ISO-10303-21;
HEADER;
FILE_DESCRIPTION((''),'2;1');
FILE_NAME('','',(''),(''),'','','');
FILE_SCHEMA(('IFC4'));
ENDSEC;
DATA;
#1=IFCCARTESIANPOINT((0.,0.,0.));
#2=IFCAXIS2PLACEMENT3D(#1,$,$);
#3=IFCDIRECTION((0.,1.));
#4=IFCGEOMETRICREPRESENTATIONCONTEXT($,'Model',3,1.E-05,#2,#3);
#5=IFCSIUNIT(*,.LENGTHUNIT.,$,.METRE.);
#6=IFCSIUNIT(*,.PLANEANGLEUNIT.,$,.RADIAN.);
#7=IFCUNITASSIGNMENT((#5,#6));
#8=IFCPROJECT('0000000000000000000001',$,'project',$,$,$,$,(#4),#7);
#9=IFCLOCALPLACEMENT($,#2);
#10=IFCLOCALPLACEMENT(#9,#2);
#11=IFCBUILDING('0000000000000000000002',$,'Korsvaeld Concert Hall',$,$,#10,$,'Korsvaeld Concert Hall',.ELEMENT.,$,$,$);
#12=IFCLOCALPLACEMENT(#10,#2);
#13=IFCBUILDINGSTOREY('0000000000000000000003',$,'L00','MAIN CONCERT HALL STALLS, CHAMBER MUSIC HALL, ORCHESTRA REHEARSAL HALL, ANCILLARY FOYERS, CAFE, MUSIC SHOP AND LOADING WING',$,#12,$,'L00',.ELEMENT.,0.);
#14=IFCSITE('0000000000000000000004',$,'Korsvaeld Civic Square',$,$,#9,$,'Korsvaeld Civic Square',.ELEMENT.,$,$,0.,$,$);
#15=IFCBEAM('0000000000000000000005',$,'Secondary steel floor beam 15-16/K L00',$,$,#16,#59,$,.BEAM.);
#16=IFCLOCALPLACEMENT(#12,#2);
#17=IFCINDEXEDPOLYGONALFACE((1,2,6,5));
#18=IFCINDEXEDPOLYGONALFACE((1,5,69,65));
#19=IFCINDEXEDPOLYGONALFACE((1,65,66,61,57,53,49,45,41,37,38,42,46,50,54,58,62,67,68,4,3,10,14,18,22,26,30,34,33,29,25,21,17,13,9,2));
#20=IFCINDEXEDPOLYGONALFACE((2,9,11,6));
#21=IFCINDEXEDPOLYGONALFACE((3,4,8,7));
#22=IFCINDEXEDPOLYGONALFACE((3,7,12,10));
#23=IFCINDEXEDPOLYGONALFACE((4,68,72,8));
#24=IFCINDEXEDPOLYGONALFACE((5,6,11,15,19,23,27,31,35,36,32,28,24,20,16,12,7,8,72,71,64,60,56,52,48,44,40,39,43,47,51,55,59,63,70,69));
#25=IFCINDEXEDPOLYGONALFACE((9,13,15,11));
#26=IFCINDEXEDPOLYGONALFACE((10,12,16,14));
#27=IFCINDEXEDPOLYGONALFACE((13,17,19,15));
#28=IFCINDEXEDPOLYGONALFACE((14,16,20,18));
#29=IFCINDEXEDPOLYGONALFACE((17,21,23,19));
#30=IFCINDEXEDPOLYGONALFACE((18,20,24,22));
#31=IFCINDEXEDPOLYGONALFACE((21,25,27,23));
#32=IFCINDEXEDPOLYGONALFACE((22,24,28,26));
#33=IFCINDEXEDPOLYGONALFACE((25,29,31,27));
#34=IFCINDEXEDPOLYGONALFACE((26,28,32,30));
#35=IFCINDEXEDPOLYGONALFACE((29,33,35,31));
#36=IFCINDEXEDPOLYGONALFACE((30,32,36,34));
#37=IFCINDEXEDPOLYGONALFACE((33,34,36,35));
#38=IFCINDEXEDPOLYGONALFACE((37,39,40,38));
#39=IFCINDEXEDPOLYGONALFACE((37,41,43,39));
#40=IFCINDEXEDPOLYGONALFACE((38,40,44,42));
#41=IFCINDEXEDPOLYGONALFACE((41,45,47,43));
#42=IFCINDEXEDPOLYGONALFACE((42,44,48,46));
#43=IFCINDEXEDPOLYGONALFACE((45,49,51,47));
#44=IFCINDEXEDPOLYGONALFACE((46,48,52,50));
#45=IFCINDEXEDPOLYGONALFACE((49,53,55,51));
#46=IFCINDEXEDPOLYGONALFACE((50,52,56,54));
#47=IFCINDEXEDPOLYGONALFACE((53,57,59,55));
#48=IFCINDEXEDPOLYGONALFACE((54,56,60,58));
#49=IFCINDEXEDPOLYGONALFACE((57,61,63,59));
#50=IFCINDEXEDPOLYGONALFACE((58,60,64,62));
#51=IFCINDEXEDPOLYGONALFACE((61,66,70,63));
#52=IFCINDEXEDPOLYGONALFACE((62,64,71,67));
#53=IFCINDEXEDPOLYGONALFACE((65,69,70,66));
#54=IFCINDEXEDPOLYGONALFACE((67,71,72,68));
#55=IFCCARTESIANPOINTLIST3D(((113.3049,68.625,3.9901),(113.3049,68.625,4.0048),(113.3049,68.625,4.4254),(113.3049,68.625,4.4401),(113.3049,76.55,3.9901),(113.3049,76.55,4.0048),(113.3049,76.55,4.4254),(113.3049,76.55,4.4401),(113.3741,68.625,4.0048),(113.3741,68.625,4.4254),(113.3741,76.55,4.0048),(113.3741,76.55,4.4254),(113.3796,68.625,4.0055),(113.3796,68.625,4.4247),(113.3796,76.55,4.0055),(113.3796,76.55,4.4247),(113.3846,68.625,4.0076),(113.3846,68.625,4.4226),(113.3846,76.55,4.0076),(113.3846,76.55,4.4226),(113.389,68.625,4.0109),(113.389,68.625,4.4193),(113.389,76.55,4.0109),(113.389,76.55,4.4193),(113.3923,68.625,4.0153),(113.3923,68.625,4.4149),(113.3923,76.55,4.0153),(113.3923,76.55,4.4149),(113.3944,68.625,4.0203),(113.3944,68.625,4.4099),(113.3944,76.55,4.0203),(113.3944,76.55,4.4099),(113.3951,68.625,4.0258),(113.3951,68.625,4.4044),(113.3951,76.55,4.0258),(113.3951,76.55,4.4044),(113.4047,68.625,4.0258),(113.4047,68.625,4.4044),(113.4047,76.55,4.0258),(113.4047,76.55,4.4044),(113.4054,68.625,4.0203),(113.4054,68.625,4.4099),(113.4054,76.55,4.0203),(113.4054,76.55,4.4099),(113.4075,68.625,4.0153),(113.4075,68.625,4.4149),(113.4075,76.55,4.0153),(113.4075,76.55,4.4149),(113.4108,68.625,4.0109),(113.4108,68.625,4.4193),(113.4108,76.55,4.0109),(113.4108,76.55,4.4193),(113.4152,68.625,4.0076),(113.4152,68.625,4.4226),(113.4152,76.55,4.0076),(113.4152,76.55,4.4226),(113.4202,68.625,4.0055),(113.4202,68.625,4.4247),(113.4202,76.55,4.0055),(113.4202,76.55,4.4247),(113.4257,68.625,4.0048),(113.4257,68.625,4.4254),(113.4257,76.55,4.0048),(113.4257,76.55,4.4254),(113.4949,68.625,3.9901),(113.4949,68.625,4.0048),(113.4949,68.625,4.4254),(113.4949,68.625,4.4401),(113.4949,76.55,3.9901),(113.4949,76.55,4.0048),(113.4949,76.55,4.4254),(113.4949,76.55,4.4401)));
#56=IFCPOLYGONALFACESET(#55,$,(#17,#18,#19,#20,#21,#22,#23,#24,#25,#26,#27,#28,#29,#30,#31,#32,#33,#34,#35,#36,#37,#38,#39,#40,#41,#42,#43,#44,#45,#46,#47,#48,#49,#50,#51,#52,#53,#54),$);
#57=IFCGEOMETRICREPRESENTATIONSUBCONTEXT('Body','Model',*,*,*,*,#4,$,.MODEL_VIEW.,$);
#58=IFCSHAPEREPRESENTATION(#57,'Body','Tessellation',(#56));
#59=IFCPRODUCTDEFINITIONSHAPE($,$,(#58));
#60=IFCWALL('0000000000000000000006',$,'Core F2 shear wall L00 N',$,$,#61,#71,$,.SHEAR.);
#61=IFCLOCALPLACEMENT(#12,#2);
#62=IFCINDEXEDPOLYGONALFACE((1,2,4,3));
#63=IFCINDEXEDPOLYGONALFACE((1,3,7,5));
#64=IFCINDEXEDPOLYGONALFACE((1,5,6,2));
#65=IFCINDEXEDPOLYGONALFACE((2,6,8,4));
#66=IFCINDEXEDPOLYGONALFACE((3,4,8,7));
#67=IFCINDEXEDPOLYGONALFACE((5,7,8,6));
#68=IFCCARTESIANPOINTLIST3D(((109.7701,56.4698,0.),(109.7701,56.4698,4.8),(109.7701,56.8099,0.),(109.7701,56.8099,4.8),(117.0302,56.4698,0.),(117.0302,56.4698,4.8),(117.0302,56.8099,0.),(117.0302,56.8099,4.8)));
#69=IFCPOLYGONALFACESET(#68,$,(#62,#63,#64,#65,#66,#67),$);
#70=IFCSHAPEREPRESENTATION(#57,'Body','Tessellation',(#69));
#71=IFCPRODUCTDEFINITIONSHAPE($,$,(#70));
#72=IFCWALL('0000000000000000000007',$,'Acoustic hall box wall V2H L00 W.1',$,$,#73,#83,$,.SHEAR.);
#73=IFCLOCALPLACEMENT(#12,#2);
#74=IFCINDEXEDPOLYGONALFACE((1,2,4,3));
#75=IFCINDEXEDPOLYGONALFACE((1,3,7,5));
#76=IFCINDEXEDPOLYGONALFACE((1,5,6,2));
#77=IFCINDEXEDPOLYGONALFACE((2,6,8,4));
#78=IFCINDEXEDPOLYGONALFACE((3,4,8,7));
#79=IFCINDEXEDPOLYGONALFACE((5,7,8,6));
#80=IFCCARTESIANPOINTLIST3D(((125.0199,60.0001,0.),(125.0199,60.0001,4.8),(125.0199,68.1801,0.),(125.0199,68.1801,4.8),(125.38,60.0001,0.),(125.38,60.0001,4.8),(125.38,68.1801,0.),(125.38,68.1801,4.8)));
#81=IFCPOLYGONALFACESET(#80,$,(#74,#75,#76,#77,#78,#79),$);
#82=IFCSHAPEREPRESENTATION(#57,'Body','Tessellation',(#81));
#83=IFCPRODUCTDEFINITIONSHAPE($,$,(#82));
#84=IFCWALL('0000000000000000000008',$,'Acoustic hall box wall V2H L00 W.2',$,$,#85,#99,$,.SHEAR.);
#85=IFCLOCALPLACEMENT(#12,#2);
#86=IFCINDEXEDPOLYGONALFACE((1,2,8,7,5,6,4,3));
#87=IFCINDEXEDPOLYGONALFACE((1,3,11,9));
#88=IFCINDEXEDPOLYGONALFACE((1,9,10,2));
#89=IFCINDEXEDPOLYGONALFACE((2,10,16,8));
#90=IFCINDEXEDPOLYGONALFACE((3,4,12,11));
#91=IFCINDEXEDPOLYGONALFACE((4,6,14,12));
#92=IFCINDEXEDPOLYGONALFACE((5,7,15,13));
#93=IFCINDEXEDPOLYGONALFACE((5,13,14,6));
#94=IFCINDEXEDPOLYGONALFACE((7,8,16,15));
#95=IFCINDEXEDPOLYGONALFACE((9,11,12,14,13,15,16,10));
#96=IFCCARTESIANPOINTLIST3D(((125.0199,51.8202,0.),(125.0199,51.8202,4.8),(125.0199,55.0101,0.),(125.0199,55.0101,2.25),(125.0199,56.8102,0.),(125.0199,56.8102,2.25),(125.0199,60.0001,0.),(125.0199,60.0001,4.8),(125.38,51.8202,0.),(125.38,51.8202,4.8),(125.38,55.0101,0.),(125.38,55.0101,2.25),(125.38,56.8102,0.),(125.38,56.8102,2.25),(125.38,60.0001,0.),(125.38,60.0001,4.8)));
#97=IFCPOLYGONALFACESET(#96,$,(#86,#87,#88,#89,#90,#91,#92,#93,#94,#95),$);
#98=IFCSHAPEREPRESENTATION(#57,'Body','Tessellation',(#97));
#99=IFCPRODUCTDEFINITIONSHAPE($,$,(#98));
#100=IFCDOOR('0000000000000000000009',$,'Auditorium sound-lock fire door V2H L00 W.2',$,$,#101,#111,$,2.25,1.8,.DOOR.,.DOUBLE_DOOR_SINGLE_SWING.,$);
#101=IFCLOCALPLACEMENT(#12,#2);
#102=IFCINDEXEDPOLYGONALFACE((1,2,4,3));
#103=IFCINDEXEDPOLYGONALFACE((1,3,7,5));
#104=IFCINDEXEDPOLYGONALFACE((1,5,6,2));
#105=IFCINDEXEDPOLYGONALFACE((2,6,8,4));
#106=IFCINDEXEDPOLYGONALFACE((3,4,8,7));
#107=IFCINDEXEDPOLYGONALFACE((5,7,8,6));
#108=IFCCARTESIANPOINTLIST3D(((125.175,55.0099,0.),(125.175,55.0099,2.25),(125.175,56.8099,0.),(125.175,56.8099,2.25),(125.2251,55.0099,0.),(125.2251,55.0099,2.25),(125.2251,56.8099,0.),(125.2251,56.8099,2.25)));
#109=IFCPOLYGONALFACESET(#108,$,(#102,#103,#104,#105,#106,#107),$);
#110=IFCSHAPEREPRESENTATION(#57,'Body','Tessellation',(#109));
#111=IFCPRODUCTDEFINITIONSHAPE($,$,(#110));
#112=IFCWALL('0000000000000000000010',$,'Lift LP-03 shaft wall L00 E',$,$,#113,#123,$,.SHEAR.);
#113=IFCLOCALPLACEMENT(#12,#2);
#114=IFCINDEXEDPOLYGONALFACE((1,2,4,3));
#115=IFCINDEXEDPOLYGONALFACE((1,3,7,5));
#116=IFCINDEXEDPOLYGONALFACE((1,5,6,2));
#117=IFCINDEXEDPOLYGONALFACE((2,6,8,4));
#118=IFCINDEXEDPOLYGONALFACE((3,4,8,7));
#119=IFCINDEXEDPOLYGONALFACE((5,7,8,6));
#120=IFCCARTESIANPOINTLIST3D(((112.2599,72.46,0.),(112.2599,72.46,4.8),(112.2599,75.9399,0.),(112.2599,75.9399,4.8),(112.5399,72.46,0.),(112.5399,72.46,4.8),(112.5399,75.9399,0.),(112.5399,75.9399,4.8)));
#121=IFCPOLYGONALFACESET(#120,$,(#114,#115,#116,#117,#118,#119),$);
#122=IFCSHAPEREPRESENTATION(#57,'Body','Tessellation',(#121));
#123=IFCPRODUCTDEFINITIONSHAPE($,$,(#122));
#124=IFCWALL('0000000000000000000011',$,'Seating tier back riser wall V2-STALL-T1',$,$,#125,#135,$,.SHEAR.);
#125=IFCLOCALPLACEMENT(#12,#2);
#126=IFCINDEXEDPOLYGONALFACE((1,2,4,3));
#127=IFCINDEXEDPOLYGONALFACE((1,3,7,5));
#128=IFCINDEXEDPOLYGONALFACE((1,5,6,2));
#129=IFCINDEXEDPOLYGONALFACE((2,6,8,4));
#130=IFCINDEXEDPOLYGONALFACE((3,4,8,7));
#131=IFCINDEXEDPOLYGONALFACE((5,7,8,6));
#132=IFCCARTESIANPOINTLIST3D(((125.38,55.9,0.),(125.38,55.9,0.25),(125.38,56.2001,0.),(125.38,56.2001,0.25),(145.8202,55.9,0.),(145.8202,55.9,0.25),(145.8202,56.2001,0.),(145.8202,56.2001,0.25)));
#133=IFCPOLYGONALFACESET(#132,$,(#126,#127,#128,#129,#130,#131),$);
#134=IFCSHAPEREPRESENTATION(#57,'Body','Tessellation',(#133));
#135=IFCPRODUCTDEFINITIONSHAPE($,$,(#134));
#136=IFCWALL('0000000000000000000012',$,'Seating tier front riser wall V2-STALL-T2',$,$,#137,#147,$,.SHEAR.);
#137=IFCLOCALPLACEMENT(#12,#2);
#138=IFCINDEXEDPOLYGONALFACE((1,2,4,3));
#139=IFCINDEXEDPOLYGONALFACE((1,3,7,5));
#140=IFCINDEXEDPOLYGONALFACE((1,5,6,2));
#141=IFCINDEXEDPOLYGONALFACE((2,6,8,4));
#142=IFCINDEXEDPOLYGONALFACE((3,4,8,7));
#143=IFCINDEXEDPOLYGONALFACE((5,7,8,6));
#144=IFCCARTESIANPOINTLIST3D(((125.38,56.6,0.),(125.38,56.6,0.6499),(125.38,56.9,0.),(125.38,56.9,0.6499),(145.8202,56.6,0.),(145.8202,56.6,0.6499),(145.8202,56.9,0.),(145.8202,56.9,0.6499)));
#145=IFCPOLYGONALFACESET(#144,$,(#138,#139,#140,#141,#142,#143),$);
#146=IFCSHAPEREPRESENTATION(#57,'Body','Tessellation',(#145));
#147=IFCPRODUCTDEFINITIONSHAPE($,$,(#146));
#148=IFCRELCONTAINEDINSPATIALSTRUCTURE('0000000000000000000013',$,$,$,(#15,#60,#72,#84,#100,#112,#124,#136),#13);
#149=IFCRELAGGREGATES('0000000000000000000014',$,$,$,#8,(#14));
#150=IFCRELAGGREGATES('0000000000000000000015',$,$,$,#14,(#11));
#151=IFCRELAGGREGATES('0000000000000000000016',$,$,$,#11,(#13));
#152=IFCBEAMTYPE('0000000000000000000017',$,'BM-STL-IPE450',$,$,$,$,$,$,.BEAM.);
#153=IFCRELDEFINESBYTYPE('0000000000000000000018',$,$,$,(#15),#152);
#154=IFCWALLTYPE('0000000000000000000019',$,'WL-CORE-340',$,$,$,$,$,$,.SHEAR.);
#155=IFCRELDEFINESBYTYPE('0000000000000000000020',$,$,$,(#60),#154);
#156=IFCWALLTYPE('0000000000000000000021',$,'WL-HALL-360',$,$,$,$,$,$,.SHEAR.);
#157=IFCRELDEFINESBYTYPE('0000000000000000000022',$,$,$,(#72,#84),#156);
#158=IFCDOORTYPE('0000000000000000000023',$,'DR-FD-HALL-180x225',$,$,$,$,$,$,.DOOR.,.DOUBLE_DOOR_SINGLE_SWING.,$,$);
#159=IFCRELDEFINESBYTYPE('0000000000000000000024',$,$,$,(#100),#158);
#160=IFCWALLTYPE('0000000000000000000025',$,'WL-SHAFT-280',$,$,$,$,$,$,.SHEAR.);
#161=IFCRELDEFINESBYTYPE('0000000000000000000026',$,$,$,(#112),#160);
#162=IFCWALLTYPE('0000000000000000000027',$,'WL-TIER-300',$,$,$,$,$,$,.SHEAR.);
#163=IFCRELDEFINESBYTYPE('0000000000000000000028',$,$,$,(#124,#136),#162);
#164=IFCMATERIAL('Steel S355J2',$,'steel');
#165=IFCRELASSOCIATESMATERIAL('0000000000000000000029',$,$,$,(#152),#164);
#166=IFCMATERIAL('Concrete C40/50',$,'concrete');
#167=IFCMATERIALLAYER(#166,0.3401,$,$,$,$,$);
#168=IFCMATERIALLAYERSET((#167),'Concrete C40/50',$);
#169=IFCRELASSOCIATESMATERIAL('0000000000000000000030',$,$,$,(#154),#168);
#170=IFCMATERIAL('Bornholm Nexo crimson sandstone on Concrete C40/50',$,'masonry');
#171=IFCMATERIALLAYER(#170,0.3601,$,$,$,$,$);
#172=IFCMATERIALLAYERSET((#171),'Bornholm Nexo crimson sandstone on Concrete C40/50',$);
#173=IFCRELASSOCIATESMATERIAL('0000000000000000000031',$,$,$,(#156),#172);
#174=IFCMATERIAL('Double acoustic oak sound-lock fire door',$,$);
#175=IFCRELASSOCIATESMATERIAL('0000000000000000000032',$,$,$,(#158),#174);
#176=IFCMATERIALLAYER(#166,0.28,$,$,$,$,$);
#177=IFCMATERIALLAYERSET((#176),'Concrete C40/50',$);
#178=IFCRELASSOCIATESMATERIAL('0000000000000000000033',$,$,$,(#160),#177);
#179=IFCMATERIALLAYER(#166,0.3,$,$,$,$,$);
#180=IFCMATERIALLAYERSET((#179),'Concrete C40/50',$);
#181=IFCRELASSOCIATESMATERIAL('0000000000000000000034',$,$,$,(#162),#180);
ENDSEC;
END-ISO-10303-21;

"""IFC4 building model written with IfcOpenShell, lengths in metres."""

from ifc_helpers import new_model, si_unit, direction, frame, frame_2d, origin, origin_2d, place, context, subcontext, project, spatial, rectangle, i_section, extrude, material, layer, layer_set, material_profile, profile_set, type_object, element, fill, save


model = new_model("IFC4")

# Units and contexts
model_context = context("Model", 3, precision=1e-05, world=origin(), true_north=direction((0.0, 1.0)))
body_context = subcontext(model_context, "Body", "Model", "MODEL_VIEW")
ifc_project = project(units=[si_unit("LENGTHUNIT", "METRE"), si_unit("PLANEANGLEUNIT", "RADIAN")], contexts=[model_context])

# Site, building, storey
site_placement = place(None, origin())
site = spatial("IfcSite", under=ifc_project, at=site_placement, Name="Korsvaeld Civic Square", LongName="Korsvaeld Civic Square", CompositionType="ELEMENT", RefElevation=0.0)
building_placement = place(site_placement, origin())
building = spatial("IfcBuilding", under=site, at=building_placement, Name="Korsvaeld Concert Hall", LongName="Korsvaeld Concert Hall", CompositionType="ELEMENT")
storey_placement = place(building_placement, origin())
storey = spatial("IfcBuildingStorey", under=building, at=storey_placement, Name="L00", Description="MAIN CONCERT HALL STALLS, CHAMBER MUSIC HALL, ORCHESTRA REHEARSAL HALL, ANCILLARY FOYERS, CAFE, MUSIC SHOP AND LOADING WING", LongName="L00", CompositionType="ELEMENT", Elevation=0.0)

# Shared definitions
ifc_material_1 = material(Name="Concrete C40/50", Category="concrete")

# Beam
ifc_material_2 = material(Name="Steel S355J2", Category="steel")
ifc_material_profile_1 = material_profile(ifc_material_2, i_section(OverallWidth=0.1899, OverallDepth=0.45, WebThickness=0.0095, FlangeThickness=0.0146, FilletRadius=0.021, at=origin_2d()), Name="IPE 450")
ifc_profile_set_1 = profile_set([ifc_material_profile_1], Name="Steel S355J2")
beam_type_1 = type_object("IfcBeamType", Name="BM-STL-IPE450", PredefinedType="BEAM", material=ifc_profile_set_1)
beam_1_placement = place(storey_placement, frame((113.3999, 68.625, 4.2151), z_axis=(0.0, 1.0, 0.0), x_axis=(-1.0, 0.0, 0.0)))
element("IfcBeam", 1, at=beam_1_placement, inside=storey, type_object=beam_type_1, Name="Secondary steel floor beam 15-16/K L00", PredefinedType="BEAM", context=body_context, shape_type="SweptSolid", body=[
    extrude(i_section(OverallWidth=0.1899, OverallDepth=0.45, WebThickness=0.0095, FlangeThickness=0.0146, FilletRadius=0.021, at=origin_2d()), origin(), (0.0, 0.0, 1.0), 7.925),
])

# Wall
ifc_layer_1 = layer(ifc_material_1, 0.3401)
ifc_layer_set_1 = layer_set([ifc_layer_1], Name="Concrete C40/50")
wall_type_1 = type_object("IfcWallType", Name="WL-CORE-340", PredefinedType="SHEAR", material=ifc_layer_set_1)
wall_1_placement = place(storey_placement, frame((117.03, 56.6399, 0.0), z_axis=(0.0, 0.0, 1.0), x_axis=(-1.0, 0.0, 0.0)))
element("IfcWall", 2, at=wall_1_placement, inside=storey, type_object=wall_type_1, Name="Core F2 shear wall L00 N", PredefinedType="SHEAR", context=body_context, shape_type="SweptSolid", body=[
    extrude(rectangle(XDim=7.26, YDim=0.3401, at=frame_2d((3.6299, 0.0))), origin(), (0.0, 0.0, 1.0), 4.8),
])

# Wall
ifc_material_3 = material(Name="Bornholm Nexo crimson sandstone on Concrete C40/50", Category="masonry")
ifc_layer_2 = layer(ifc_material_3, 0.3601)
ifc_layer_set_2 = layer_set([ifc_layer_2], Name="Bornholm Nexo crimson sandstone on Concrete C40/50")
wall_type_2 = type_object("IfcWallType", Name="WL-HALL-360", PredefinedType="SHEAR", material=ifc_layer_set_2)
wall_2_placement = place(storey_placement, frame((125.2, 68.1799, 0.0), z_axis=(0.0, 0.0, 1.0), x_axis=(0.0, -1.0, 0.0)))
element("IfcWall", 3, at=wall_2_placement, inside=storey, type_object=wall_type_2, Name="Acoustic hall box wall V2H L00 W.1", PredefinedType="SHEAR", context=body_context, shape_type="SweptSolid", body=[
    extrude(rectangle(XDim=8.1799, YDim=0.3601, at=frame_2d((4.0898, 0.0))), origin(), (0.0, 0.0, 1.0), 4.8),
])

# Wall, opening, door
wall_3_placement = place(storey_placement, frame((125.2, 60.0, 0.0), z_axis=(0.0, 0.0, 1.0), x_axis=(0.0, -1.0, 0.0)))
wall_3 = element("IfcWall", 4, at=wall_3_placement, inside=storey, type_object=wall_type_2, Name="Acoustic hall box wall V2H L00 W.2", PredefinedType="SHEAR", context=body_context, shape_type="SweptSolid", body=[
    extrude(rectangle(XDim=8.1799, YDim=0.3601, at=frame_2d((4.0898, 0.0))), origin(), (0.0, 0.0, 1.0), 4.8),
])
opening_1_placement = place(wall_3_placement, frame((3.1899, 0.0, 0.0)))
opening_1 = element("IfcOpeningElement", 5, at=opening_1_placement, cuts=wall_3, PredefinedType="OPENING", context=body_context, shape_type="SweptSolid", body=[
    extrude(rectangle(XDim=1.8, YDim=2.25, at=frame_2d((0.8999, 1.125))), frame((0.0, 0.1899, 0.0), z_axis=(0.0, -1.0, 0.0), x_axis=(1.0, 0.0, 0.0)), (0.0, 0.0, 1.0), 0.3801),
])
ifc_material_4 = material(Name="Double acoustic oak sound-lock fire door")
door_type_1 = type_object("IfcDoorType", Name="DR-FD-HALL-180x225", OperationType="DOUBLE_DOOR_SINGLE_SWING", PredefinedType="DOOR", material=ifc_material_4)
door_1_placement = place(opening_1_placement, frame((1.8, 0.0, 0.0), z_axis=(0.0, 0.0, 1.0), x_axis=(-1.0, 0.0, 0.0)))
door_1 = element("IfcDoor", 6, at=door_1_placement, inside=storey, type_object=door_type_1, Name="Auditorium sound-lock fire door V2H L00 W.2", OperationType="DOUBLE_DOOR_SINGLE_SWING", OverallHeight=2.25, OverallWidth=1.8, PredefinedType="DOOR", context=body_context, shape_type="SweptSolid", body=[
    extrude(rectangle(XDim=1.8, YDim=2.25, at=frame_2d((0.8999, 1.125))), frame((0.0, 0.0249, 0.0), z_axis=(0.0, -1.0, 0.0), x_axis=(1.0, 0.0, 0.0)), (0.0, 0.0, 1.0), 0.05),
])
fill(opening_1, door_1)

# Walls
ifc_layer_3 = layer(ifc_material_1, 0.28)
ifc_layer_set_3 = layer_set([ifc_layer_3], Name="Concrete C40/50")
wall_type_3 = type_object("IfcWallType", Name="WL-SHAFT-280", PredefinedType="SHEAR", material=ifc_layer_set_3)
wall_4_placement = place(storey_placement, frame((112.3999, 72.46, 0.0), z_axis=(0.0, 0.0, 1.0), x_axis=(0.0, 1.0, 0.0)))
element("IfcWall", 7, at=wall_4_placement, inside=storey, type_object=wall_type_3, Name="Lift LP-03 shaft wall L00 E", PredefinedType="SHEAR", context=body_context, shape_type="SweptSolid", body=[
    extrude(rectangle(XDim=3.48, YDim=0.28, at=frame_2d((1.74, 0.0))), origin(), (0.0, 0.0, 1.0), 4.8),
])
ifc_layer_4 = layer(ifc_material_1, 0.3)
ifc_layer_set_4 = layer_set([ifc_layer_4], Name="Concrete C40/50")
wall_type_4 = type_object("IfcWallType", Name="WL-TIER-300", PredefinedType="SHEAR", material=ifc_layer_set_4)
wall_5_placement = place(storey_placement, frame((125.3799, 56.05, 0.0), z_axis=(0.0, 0.0, 1.0), x_axis=(1.0, 0.0, 0.0)))
element("IfcWall", 8, at=wall_5_placement, inside=storey, type_object=wall_type_4, Name="Seating tier back riser wall V2-STALL-T1", PredefinedType="SHEAR", context=body_context, shape_type="SweptSolid", body=[
    extrude(rectangle(XDim=20.4402, YDim=0.3, at=frame_2d((10.2202, 0.0))), origin(), (0.0, 0.0, 1.0), 0.25),
])
wall_6_placement = place(storey_placement, frame((125.3799, 56.75, 0.0), z_axis=(0.0, 0.0, 1.0), x_axis=(1.0, 0.0, 0.0)))
element("IfcWall", 9, at=wall_6_placement, inside=storey, type_object=wall_type_4, Name="Seating tier front riser wall V2-STALL-T2", PredefinedType="SHEAR", context=body_context, shape_type="SweptSolid", body=[
    extrude(rectangle(XDim=20.4402, YDim=0.3, at=frame_2d((10.2202, 0.0))), origin(), (0.0, 0.0, 1.0), 0.6499),
])

save(model, "model.ifc")
